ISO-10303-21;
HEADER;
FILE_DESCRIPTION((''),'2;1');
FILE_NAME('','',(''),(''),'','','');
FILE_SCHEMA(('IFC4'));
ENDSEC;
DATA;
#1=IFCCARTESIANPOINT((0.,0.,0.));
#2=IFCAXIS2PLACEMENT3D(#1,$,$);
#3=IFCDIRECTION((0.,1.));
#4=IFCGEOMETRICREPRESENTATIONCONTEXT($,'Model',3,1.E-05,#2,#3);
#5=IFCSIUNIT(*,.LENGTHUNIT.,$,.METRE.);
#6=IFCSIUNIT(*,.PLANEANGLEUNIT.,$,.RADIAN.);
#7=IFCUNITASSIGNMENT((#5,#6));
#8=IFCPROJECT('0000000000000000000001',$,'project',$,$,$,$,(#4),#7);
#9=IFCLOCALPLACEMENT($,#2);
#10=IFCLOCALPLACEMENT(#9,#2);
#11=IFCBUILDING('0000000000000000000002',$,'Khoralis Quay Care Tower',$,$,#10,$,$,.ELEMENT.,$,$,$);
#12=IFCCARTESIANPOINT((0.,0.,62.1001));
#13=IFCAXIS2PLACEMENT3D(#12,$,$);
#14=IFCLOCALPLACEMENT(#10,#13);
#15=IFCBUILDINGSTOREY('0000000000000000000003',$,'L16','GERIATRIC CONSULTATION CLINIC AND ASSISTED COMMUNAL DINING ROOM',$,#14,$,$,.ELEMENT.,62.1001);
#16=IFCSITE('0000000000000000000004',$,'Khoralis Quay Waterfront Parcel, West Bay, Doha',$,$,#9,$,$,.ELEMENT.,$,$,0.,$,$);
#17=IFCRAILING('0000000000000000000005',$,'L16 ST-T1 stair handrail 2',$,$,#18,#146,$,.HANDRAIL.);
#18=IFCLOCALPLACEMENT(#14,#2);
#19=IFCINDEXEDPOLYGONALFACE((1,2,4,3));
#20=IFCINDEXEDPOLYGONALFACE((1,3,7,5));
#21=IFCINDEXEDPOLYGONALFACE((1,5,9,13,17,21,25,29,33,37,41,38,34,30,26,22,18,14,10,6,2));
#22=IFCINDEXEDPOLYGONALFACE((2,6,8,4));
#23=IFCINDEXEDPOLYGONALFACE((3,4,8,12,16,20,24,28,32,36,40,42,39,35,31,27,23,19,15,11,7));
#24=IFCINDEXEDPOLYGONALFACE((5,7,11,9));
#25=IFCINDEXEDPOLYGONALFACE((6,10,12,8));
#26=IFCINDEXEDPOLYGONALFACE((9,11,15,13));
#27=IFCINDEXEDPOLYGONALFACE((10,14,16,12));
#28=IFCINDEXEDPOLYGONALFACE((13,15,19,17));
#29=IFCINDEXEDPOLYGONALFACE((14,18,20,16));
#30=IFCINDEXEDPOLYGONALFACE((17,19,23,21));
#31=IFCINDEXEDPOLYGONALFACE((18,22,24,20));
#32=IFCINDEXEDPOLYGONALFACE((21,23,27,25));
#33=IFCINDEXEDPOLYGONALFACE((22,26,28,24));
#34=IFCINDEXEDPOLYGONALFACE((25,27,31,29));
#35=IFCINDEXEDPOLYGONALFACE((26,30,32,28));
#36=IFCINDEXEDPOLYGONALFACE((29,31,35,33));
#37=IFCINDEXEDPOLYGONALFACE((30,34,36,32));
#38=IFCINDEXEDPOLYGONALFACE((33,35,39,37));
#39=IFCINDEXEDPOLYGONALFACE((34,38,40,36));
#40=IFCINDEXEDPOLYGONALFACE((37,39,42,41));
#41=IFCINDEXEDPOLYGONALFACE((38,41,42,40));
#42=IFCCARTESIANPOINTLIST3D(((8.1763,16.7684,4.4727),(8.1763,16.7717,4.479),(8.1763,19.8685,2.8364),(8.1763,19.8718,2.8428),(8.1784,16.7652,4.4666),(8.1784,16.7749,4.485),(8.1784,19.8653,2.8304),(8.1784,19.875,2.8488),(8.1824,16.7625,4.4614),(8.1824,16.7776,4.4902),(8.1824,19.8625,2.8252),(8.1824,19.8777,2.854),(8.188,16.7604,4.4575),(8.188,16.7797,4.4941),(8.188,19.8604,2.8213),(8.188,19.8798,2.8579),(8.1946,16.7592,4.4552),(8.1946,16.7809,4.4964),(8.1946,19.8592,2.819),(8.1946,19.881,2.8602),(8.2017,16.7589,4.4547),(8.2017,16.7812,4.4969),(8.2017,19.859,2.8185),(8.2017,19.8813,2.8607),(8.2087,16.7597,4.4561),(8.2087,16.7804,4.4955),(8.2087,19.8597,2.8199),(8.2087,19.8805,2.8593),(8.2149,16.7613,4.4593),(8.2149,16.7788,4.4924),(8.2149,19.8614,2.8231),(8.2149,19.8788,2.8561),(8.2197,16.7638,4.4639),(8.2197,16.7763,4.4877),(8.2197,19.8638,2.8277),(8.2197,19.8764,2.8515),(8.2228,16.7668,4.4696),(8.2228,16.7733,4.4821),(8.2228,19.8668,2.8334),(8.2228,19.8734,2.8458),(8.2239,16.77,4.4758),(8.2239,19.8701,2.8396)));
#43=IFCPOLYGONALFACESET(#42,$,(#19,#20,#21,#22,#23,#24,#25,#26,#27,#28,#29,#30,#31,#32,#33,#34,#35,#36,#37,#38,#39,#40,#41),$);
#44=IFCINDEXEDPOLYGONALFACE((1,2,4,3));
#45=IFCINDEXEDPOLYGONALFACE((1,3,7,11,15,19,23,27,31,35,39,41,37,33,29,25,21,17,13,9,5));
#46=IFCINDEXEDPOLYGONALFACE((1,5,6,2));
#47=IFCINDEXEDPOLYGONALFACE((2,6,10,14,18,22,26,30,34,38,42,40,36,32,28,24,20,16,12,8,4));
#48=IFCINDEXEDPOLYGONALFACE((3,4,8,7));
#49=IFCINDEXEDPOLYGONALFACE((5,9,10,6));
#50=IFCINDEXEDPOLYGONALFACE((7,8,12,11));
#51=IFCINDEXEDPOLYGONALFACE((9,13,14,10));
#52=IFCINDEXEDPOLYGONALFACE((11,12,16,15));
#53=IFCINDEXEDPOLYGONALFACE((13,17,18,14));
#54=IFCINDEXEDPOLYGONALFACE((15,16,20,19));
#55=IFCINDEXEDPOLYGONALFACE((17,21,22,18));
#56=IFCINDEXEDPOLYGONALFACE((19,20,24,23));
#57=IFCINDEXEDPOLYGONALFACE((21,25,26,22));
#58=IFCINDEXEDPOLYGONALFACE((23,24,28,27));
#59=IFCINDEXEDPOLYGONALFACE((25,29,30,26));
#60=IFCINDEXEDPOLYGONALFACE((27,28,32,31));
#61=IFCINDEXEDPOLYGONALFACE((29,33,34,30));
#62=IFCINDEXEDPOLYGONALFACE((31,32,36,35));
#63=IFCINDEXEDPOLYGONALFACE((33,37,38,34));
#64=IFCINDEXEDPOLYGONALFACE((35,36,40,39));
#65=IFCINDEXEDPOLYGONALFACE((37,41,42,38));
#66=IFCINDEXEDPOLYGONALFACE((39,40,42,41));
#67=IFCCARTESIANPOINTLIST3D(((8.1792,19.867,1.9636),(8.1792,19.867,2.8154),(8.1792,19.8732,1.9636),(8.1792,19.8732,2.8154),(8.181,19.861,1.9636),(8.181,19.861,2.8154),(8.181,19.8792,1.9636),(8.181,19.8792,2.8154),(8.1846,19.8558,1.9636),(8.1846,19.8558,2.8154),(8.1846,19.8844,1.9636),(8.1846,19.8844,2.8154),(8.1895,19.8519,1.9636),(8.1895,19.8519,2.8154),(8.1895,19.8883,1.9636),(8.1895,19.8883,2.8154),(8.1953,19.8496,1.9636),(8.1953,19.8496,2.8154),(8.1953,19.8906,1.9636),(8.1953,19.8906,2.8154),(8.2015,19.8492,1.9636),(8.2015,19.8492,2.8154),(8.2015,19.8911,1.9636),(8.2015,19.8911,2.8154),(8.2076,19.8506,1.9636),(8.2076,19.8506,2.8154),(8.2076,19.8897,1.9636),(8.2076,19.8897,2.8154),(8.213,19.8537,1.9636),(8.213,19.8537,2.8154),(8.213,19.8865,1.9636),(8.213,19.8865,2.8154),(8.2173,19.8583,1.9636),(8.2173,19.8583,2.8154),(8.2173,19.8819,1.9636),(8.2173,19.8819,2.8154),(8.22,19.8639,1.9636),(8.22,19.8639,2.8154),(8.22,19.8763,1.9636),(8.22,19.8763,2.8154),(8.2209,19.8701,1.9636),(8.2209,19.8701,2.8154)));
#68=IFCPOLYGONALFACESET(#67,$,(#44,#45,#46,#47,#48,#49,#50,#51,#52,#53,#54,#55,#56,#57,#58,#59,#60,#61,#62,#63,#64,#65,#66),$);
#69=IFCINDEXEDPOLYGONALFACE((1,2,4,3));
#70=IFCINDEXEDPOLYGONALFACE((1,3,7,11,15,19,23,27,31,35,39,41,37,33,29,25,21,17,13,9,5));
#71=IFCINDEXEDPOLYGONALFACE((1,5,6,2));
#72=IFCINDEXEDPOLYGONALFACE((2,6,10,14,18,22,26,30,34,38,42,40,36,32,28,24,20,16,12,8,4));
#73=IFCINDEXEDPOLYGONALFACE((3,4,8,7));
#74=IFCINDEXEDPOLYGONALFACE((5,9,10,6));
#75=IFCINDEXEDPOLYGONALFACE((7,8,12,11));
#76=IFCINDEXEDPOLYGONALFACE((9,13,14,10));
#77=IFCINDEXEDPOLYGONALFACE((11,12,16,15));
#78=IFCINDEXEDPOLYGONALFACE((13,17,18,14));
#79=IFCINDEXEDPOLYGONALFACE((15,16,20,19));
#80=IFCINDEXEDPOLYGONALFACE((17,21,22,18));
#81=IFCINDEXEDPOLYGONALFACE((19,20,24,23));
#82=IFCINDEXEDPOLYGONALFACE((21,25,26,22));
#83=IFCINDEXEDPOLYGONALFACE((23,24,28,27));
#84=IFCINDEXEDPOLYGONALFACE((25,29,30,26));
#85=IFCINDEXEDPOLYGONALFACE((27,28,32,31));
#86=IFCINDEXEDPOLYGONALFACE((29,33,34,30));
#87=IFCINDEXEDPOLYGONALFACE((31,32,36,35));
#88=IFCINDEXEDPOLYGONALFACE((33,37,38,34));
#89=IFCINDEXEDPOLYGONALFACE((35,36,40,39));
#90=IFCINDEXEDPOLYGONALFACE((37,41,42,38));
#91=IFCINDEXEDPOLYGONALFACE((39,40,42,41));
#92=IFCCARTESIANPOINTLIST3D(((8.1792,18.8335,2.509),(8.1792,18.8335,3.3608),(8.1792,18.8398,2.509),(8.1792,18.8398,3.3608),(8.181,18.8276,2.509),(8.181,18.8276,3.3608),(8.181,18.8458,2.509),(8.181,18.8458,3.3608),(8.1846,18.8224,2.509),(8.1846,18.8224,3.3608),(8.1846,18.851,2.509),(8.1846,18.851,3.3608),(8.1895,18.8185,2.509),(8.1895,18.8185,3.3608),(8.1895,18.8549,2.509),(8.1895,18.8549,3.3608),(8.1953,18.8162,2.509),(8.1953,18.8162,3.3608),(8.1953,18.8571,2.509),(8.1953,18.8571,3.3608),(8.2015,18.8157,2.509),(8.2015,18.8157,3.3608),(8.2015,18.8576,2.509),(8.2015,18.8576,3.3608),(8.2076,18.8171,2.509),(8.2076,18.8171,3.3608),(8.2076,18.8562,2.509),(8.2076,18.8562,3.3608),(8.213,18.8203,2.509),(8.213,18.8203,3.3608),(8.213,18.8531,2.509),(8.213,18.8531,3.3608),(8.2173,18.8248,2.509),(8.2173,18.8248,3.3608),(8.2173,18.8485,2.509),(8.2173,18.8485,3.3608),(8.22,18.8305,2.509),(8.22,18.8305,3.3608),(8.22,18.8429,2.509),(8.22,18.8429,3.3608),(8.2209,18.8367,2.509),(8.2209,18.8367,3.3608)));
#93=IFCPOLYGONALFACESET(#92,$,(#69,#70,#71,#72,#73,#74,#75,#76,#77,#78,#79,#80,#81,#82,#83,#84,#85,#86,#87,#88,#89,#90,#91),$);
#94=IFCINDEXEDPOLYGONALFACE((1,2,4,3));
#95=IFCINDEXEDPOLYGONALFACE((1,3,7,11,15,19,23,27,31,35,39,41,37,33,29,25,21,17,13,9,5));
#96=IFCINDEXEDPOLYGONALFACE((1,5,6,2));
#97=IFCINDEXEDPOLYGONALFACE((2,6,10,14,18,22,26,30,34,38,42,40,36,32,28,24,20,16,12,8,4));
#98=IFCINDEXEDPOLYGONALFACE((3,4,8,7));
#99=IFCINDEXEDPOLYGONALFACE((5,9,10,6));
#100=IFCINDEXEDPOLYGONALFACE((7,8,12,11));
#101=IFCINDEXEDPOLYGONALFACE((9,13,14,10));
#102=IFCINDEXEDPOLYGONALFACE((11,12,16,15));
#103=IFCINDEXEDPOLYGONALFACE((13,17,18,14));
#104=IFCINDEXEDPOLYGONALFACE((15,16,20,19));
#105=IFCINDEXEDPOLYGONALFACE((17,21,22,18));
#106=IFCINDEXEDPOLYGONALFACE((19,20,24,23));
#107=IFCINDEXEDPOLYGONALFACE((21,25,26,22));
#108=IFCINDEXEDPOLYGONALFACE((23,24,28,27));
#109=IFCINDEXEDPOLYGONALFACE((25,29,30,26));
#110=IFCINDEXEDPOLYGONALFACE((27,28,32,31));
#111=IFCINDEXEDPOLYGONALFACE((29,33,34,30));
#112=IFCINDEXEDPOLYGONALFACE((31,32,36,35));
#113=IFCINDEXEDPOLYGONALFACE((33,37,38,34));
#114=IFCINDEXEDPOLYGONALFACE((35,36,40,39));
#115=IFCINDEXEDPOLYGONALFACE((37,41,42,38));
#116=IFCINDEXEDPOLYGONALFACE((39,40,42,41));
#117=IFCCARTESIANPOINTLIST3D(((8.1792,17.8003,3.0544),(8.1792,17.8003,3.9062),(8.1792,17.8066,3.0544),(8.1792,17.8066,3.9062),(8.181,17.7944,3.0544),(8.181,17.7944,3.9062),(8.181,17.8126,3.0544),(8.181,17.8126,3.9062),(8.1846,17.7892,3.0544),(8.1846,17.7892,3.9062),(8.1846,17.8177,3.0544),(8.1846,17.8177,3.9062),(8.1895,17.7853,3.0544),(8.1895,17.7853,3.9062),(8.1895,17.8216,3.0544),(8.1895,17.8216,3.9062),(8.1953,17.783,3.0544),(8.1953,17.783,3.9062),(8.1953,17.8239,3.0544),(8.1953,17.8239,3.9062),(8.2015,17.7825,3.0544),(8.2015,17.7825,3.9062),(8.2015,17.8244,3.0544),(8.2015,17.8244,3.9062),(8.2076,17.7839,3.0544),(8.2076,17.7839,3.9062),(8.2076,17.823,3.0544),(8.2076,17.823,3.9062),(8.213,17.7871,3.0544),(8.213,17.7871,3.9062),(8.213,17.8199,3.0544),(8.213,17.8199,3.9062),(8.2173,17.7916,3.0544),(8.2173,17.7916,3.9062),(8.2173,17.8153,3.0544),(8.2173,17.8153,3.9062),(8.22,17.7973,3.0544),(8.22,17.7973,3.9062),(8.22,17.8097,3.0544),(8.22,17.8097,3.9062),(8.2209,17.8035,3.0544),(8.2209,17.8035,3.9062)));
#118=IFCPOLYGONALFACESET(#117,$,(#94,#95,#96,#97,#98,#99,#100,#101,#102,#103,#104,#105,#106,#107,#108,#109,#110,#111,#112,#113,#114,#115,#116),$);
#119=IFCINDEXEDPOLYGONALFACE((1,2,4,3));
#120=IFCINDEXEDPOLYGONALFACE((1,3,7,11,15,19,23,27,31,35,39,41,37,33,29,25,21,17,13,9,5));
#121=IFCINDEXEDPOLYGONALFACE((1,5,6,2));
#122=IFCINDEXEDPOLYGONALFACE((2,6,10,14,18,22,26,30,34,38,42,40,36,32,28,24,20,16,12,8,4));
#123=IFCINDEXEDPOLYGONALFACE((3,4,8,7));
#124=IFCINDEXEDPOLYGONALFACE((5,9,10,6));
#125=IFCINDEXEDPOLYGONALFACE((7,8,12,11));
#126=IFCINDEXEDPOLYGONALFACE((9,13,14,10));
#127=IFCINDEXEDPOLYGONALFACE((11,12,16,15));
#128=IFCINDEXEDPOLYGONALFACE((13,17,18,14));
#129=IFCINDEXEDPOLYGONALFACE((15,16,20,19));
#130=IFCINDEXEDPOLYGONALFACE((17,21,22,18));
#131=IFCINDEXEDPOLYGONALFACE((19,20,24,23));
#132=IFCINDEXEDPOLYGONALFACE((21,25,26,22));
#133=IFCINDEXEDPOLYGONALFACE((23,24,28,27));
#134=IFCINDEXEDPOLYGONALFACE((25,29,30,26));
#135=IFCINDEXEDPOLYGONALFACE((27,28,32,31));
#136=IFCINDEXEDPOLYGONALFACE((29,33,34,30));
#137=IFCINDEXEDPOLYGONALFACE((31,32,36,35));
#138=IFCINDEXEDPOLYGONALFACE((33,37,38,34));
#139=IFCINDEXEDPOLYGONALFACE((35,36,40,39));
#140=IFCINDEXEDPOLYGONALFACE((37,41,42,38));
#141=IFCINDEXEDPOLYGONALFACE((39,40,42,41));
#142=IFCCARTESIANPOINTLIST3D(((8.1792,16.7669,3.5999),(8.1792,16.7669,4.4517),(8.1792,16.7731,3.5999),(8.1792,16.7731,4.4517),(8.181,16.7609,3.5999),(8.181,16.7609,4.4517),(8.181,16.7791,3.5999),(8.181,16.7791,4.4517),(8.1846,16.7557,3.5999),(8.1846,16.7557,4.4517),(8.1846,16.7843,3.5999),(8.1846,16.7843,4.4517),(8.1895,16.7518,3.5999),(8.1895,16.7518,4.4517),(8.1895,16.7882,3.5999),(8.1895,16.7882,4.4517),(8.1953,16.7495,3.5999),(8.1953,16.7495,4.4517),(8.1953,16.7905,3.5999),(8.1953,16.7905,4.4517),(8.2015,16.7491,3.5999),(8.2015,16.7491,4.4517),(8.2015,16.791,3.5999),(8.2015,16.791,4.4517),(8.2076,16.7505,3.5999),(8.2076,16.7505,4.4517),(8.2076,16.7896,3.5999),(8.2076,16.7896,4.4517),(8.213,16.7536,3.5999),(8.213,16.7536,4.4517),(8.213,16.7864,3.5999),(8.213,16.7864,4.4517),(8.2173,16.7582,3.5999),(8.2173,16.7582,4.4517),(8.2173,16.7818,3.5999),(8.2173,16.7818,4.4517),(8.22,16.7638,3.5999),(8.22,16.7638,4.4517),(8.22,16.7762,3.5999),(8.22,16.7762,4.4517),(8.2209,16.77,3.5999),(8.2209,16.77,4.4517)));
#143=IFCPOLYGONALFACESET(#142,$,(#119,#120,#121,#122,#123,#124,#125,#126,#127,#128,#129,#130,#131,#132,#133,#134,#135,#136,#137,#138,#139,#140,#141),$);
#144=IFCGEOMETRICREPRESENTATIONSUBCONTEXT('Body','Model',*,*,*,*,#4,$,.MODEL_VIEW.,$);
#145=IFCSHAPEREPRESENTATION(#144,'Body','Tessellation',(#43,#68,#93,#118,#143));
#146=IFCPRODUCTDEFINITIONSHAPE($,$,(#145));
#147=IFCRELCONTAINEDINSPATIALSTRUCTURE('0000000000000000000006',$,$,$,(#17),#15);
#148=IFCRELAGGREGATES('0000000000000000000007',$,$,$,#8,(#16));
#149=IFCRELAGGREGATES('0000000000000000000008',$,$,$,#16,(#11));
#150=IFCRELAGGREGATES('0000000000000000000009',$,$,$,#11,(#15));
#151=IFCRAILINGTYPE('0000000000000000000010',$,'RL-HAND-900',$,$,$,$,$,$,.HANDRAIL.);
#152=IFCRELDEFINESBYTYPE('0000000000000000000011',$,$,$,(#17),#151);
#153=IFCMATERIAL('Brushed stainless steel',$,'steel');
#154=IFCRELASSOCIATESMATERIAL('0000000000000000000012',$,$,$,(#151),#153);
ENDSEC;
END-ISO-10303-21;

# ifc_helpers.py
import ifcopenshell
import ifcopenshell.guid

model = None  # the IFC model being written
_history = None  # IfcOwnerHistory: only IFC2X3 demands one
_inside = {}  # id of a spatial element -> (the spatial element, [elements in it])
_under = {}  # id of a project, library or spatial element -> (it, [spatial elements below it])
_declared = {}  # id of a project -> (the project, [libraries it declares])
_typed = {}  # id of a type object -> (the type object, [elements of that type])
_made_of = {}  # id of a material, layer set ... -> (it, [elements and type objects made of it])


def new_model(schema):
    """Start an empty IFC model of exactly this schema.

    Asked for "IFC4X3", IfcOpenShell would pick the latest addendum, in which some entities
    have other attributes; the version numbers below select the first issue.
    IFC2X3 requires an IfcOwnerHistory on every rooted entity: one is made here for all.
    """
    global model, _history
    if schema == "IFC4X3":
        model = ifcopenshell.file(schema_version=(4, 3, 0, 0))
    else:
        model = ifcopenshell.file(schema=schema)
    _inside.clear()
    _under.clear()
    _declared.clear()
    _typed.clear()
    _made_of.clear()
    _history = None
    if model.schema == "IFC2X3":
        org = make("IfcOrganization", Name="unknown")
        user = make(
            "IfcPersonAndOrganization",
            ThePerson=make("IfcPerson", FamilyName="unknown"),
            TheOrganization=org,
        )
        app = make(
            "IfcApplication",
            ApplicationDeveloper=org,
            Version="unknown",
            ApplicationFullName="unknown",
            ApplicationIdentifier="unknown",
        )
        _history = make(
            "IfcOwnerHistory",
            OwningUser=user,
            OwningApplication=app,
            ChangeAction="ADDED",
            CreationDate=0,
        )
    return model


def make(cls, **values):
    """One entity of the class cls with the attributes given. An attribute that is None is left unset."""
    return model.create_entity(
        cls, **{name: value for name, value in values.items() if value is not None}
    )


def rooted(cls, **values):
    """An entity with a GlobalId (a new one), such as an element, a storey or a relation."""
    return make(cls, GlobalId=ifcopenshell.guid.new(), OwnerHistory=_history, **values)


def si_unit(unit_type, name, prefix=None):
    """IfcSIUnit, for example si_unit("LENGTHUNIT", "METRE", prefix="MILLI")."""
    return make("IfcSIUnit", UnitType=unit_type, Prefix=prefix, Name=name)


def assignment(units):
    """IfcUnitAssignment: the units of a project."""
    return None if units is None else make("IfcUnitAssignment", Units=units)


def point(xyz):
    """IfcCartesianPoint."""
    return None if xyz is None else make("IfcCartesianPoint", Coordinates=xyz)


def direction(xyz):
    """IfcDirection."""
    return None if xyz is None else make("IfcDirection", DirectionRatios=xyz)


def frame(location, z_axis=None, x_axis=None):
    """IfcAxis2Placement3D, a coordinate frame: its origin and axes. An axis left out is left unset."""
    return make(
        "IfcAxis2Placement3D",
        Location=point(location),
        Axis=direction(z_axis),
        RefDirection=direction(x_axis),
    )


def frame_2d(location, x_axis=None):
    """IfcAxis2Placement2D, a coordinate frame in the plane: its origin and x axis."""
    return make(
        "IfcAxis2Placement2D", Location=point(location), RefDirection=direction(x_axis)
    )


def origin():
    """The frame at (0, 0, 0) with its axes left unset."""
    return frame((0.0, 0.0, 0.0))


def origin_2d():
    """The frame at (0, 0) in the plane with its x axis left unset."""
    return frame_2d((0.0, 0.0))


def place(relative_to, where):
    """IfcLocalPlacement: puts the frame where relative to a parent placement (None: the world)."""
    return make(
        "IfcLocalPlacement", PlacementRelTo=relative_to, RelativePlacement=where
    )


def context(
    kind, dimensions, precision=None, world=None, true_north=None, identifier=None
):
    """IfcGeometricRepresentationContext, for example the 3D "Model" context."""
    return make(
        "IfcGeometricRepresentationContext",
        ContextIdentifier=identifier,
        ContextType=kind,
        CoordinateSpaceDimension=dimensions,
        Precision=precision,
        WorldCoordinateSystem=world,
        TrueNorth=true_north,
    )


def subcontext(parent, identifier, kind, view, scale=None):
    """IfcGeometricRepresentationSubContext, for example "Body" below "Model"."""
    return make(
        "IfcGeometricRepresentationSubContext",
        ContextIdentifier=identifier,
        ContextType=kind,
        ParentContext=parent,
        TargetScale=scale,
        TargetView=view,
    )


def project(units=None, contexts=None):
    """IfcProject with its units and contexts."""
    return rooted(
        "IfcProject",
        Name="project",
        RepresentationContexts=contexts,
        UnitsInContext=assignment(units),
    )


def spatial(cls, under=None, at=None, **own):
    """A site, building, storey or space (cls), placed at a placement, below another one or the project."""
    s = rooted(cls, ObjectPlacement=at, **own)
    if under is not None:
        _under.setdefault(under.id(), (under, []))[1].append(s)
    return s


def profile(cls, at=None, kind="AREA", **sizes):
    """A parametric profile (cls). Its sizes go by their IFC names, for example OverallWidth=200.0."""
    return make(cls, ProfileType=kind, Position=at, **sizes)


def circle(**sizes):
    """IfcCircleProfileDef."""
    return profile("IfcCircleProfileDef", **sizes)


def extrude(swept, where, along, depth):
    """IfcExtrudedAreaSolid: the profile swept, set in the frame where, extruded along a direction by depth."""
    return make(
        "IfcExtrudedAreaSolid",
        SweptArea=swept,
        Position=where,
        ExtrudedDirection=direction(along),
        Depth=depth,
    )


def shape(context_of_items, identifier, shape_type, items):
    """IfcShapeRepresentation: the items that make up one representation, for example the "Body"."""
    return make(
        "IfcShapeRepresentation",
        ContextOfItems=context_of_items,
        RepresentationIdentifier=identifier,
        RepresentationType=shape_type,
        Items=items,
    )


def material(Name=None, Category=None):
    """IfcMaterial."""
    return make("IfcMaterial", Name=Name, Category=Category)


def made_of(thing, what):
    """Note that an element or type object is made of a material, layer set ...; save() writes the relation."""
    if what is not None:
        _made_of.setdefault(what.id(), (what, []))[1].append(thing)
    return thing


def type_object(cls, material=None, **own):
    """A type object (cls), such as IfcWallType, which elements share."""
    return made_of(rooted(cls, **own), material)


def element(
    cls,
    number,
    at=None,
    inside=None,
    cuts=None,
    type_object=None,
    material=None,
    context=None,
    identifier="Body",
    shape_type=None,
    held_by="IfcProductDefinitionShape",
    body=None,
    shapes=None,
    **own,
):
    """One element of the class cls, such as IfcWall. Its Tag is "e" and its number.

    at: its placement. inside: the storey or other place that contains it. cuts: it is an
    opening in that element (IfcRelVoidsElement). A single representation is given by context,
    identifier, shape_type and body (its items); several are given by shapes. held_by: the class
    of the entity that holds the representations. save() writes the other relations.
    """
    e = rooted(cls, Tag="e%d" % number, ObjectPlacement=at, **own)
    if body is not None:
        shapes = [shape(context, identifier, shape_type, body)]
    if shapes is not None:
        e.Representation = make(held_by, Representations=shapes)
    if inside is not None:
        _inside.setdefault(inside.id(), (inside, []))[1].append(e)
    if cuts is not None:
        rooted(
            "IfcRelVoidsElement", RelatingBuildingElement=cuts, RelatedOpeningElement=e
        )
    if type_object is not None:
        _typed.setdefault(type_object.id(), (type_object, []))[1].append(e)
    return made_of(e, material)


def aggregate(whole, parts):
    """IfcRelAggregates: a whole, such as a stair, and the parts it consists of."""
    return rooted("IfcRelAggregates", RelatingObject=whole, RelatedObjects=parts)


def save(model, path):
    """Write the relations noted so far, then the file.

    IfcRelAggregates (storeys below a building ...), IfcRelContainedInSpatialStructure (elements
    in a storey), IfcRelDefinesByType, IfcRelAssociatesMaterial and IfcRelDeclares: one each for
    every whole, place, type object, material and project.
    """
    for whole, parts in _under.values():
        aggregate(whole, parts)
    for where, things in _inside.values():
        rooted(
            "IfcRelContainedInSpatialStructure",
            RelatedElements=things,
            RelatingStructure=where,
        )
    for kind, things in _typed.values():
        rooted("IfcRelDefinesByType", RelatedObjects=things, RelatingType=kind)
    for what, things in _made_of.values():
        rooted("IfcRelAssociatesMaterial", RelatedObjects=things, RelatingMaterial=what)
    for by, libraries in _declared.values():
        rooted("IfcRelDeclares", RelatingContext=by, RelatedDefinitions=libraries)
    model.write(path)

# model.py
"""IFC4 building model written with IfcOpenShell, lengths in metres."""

from ifc_helpers import new_model, si_unit, direction, frame, origin, origin_2d, place, context, subcontext, project, spatial, circle, extrude, material, type_object, element, save


model = new_model("IFC4")

# Units and contexts
model_context = context("Model", 3, precision=1e-05, world=origin(), true_north=direction((0.0, 1.0)))
body_context = subcontext(model_context, "Body", "Model", "MODEL_VIEW")
ifc_project = project(units=[si_unit("LENGTHUNIT", "METRE"), si_unit("PLANEANGLEUNIT", "RADIAN")], contexts=[model_context])

# Site, building, storey
site_placement = place(None, origin())
site = spatial("IfcSite", under=ifc_project, at=site_placement, Name="Khoralis Quay Waterfront Parcel, West Bay, Doha", CompositionType="ELEMENT", RefElevation=0.0)
building_placement = place(site_placement, origin())
building = spatial("IfcBuilding", under=site, at=building_placement, Name="Khoralis Quay Care Tower", CompositionType="ELEMENT")
storey_placement = place(building_placement, frame((0.0, 0.0, 62.1001)))
storey = spatial("IfcBuildingStorey", under=building, at=storey_placement, Name="L16", Description="GERIATRIC CONSULTATION CLINIC AND ASSISTED COMMUNAL DINING ROOM", CompositionType="ELEMENT", Elevation=62.1001)

# Shared definitions
ifc_material_1 = material(Name="Brushed stainless steel", Category="steel")

# Railing
railing_type_1 = type_object("IfcRailingType", Name="RL-HAND-900", PredefinedType="HANDRAIL", material=ifc_material_1)
railing_1_placement = place(storey_placement, frame((8.2, 19.8701, 1.9636)))
element("IfcRailing", 1, at=railing_1_placement, inside=storey, type_object=railing_type_1, Name="L16 ST-T1 stair handrail 2", PredefinedType="HANDRAIL", context=body_context, shape_type="SweptSolid", body=[
    extrude(circle(Radius=0.0239, at=origin_2d()), frame((0.0, 0.0, 0.876), z_axis=(0.0, -0.884377, 0.466774), x_axis=(1.0, 0.0, 0.0)), (0.0, 0.0, 1.0), 3.5054),
    extrude(circle(Radius=0.021, at=origin_2d()), origin(), (0.0, 0.0, 1.0), 0.8518),
    extrude(circle(Radius=0.021, at=origin_2d()), frame((0.0, -1.0334, 0.5454)), (0.0, 0.0, 1.0), 0.8518),
    extrude(circle(Radius=0.021, at=origin_2d()), frame((0.0, -2.0667, 1.0908)), (0.0, 0.0, 1.0), 0.8518),
    extrude(circle(Radius=0.021, at=origin_2d()), frame((0.0, -3.1001, 1.6362)), (0.0, 0.0, 1.0), 0.8518),
])

save(model, "model.ifc")
